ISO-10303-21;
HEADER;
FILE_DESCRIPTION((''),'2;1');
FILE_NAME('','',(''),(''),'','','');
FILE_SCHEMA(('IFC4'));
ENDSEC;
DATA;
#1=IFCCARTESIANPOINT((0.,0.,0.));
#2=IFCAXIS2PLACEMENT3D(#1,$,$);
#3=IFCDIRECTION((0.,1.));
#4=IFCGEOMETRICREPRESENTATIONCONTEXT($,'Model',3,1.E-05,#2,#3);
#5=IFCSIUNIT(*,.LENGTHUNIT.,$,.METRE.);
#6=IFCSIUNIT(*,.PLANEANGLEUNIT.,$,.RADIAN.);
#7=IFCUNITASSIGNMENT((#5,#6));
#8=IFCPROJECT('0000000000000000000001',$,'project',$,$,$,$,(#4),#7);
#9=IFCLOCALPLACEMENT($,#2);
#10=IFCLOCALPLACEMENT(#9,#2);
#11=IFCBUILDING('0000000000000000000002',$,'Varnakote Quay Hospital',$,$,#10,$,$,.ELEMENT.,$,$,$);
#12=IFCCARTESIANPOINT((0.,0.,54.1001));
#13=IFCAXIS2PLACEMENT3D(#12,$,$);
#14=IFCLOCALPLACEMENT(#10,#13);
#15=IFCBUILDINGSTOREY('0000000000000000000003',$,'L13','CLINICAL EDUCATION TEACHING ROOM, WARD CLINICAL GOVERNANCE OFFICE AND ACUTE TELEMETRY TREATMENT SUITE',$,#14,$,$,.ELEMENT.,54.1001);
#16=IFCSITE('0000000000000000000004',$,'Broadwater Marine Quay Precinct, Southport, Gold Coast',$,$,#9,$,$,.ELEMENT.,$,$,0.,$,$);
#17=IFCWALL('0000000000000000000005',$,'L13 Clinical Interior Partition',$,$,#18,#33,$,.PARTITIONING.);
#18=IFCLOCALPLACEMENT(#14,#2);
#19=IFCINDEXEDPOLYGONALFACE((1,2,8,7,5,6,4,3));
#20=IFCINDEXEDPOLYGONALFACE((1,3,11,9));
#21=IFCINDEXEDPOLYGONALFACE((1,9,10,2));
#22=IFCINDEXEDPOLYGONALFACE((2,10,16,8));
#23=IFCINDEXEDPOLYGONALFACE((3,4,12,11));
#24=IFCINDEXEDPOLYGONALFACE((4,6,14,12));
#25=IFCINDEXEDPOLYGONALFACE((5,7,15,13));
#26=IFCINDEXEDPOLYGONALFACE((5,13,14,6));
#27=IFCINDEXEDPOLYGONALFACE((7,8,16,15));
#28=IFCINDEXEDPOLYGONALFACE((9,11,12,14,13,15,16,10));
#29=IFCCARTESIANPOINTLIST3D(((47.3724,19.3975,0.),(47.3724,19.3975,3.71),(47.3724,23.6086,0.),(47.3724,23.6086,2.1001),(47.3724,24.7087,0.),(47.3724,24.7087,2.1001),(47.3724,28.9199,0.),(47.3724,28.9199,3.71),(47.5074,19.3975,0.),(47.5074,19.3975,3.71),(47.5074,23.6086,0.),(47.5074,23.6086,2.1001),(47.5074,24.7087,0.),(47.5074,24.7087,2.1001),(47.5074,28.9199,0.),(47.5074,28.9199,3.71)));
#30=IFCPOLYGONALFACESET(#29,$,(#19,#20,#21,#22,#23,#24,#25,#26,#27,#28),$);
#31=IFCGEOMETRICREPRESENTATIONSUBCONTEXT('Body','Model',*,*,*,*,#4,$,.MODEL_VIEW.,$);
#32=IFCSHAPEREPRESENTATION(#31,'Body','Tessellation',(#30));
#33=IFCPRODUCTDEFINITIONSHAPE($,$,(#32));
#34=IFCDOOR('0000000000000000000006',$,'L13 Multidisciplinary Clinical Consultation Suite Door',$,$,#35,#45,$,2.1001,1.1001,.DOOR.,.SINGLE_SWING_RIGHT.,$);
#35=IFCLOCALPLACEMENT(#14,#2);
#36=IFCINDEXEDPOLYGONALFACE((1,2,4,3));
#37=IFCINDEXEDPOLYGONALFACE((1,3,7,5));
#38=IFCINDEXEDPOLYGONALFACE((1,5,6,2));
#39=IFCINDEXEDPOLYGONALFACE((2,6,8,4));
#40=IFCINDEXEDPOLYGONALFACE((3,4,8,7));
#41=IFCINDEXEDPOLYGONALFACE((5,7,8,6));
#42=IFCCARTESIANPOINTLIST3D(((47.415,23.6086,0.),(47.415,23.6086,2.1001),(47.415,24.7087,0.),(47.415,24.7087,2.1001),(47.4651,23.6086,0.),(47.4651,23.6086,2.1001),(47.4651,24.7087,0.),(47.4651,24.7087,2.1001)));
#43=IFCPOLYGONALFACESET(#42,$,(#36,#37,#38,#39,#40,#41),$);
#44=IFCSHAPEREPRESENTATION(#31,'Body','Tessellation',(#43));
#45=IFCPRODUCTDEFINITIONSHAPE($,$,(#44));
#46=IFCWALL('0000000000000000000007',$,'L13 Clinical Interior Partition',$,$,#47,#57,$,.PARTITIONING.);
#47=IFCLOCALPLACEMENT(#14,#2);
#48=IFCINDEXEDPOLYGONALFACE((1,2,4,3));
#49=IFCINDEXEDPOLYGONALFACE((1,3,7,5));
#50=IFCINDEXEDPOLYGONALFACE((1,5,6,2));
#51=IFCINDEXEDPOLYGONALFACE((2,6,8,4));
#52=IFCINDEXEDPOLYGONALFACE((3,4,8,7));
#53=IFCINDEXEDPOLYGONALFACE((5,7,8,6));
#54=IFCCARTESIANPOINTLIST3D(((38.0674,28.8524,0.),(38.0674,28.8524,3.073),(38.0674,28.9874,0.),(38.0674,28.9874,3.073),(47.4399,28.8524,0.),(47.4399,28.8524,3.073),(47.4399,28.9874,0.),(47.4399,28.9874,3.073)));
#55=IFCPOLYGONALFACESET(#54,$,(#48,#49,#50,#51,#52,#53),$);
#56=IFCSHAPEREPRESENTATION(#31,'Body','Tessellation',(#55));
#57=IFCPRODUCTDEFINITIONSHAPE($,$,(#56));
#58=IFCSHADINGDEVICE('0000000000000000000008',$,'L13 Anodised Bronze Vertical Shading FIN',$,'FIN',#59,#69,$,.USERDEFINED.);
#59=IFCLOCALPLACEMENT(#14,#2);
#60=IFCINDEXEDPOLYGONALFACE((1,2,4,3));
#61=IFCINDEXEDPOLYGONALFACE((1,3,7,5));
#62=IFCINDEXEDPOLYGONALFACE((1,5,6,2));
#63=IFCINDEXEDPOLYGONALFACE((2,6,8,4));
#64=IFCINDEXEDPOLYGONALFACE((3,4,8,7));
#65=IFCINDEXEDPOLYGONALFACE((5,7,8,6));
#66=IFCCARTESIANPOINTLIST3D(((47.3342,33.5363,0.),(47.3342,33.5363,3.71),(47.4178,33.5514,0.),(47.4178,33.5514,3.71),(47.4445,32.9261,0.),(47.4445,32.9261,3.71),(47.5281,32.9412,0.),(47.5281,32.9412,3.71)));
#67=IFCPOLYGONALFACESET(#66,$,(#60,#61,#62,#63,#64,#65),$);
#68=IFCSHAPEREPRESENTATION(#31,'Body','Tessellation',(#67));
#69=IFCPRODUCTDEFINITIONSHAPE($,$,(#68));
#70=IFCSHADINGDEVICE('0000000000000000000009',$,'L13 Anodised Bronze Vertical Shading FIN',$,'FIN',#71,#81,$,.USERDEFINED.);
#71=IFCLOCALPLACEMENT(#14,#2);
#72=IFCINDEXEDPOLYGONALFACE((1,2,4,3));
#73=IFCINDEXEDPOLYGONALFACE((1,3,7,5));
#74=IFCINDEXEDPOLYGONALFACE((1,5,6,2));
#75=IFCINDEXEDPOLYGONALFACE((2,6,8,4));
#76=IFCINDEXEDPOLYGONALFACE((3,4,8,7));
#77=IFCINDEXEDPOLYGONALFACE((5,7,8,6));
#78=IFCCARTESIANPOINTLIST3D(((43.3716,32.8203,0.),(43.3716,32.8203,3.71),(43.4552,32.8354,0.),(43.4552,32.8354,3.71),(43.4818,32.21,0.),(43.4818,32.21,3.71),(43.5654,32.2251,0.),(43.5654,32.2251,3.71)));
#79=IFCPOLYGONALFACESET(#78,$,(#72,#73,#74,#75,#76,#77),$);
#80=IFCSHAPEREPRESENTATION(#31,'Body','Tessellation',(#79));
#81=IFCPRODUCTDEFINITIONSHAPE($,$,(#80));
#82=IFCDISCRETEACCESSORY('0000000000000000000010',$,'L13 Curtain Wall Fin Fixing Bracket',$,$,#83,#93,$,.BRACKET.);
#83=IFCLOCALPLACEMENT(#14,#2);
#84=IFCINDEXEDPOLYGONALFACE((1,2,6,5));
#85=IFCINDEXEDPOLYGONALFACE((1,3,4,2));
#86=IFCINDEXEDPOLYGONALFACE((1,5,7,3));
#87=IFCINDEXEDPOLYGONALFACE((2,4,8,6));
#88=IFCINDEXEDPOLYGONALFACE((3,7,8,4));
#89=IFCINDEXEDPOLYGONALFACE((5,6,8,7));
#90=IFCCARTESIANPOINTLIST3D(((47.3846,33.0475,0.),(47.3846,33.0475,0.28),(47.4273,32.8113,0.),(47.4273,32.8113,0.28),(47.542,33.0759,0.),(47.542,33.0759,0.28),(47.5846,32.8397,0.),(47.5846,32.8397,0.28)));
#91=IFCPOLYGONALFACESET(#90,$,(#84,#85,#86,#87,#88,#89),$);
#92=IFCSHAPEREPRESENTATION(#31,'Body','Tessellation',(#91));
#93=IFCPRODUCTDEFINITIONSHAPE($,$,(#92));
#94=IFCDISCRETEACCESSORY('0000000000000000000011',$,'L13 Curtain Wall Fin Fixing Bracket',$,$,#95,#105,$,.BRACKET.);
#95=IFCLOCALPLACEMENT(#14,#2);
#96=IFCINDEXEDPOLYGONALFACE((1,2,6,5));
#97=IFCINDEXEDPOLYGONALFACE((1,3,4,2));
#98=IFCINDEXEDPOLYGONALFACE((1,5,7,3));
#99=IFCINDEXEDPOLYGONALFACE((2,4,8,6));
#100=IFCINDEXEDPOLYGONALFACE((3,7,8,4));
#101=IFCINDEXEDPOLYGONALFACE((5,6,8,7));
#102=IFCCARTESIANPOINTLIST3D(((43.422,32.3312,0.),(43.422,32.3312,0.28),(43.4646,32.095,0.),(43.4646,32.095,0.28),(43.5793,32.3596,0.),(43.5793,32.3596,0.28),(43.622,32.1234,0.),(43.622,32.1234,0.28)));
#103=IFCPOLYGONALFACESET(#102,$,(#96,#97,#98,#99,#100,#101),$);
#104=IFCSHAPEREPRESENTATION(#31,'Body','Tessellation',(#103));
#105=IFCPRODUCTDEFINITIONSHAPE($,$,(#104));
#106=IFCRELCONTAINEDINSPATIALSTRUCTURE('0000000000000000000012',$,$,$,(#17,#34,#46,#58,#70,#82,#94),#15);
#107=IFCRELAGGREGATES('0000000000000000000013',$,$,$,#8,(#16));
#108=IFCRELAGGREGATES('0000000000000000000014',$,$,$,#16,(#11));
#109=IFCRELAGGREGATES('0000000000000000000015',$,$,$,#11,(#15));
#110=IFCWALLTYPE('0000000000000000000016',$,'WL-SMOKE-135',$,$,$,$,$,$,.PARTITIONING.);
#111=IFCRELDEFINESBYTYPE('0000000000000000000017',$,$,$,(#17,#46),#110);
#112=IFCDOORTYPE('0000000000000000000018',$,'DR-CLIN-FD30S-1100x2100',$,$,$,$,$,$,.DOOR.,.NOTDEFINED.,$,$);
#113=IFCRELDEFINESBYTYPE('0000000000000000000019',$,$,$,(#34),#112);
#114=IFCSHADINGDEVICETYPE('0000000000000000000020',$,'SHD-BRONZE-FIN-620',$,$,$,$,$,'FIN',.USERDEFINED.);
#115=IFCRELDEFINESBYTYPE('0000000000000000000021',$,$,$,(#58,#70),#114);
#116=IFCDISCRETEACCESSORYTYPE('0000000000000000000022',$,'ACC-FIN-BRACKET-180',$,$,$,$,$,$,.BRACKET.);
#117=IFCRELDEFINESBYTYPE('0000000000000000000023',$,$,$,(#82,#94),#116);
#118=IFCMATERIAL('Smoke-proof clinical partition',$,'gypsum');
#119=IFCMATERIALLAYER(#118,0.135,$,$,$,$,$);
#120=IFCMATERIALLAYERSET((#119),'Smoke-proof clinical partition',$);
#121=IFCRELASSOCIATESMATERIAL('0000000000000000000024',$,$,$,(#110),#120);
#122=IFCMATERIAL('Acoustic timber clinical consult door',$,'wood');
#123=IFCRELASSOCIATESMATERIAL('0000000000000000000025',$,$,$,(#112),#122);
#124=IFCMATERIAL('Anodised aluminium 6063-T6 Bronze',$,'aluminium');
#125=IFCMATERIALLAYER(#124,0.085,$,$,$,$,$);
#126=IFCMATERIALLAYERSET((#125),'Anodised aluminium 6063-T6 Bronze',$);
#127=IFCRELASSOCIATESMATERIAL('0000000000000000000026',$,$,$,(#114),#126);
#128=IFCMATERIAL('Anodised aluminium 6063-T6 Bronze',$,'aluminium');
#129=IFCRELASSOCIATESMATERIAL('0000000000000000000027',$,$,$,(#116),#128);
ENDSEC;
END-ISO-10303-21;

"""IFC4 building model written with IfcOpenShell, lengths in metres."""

from ifc_helpers import new_model, si_unit, direction, frame, frame_2d, origin, origin_2d, place, context, subcontext, project, spatial, rectangle, extrude, material, layer, layer_set, type_object, element, fill, save


model = new_model("IFC4")

# Units and contexts
model_context = context("Model", 3, precision=1e-05, world=origin(), true_north=direction((0.0, 1.0)))
body_context = subcontext(model_context, "Body", "Model", "MODEL_VIEW")
ifc_project = project(units=[si_unit("LENGTHUNIT", "METRE"), si_unit("PLANEANGLEUNIT", "RADIAN")], contexts=[model_context])

# Site, building, storey
site_placement = place(None, origin())
site = spatial("IfcSite", under=ifc_project, at=site_placement, Name="Broadwater Marine Quay Precinct, Southport, Gold Coast", CompositionType="ELEMENT", RefElevation=0.0)
building_placement = place(site_placement, origin())
building = spatial("IfcBuilding", under=site, at=building_placement, Name="Varnakote Quay Hospital", CompositionType="ELEMENT")
storey_placement = place(building_placement, frame((0.0, 0.0, 54.1001)))
storey = spatial("IfcBuildingStorey", under=building, at=storey_placement, Name="L13", Description="CLINICAL EDUCATION TEACHING ROOM, WARD CLINICAL GOVERNANCE OFFICE AND ACUTE TELEMETRY TREATMENT SUITE", CompositionType="ELEMENT", Elevation=54.1001)

# Wall, opening, door
ifc_material_1 = material(Name="Smoke-proof clinical partition", Category="gypsum")
ifc_layer_1 = layer(ifc_material_1, 0.135)
ifc_layer_set_1 = layer_set([ifc_layer_1], Name="Smoke-proof clinical partition")
wall_type = type_object("IfcWallType", Name="WL-SMOKE-135", PredefinedType="PARTITIONING", material=ifc_layer_set_1)
wall_1_placement = place(storey_placement, frame((47.4399, 19.3975, 0.0), z_axis=(0.0, 0.0, 1.0), x_axis=(0.0, 1.0, 0.0)))
wall_1 = element("IfcWall", 1, at=wall_1_placement, inside=storey, type_object=wall_type, Name="L13 Clinical Interior Partition", PredefinedType="PARTITIONING", context=body_context, shape_type="SweptSolid", body=[
    extrude(rectangle(XDim=9.5225, YDim=0.135, at=frame_2d((4.7612, 0.0))), origin(), (0.0, 0.0, 1.0), 3.71),
])
opening_placement = place(wall_1_placement, frame((4.2112, 0.0, 0.0)))
opening = element("IfcOpeningElement", 2, at=opening_placement, cuts=wall_1, PredefinedType="OPENING", context=body_context, shape_type="SweptSolid", body=[
    extrude(rectangle(XDim=1.1001, YDim=2.1001, at=frame_2d((0.55, 1.05))), frame((0.0, 0.0774, 0.0), z_axis=(0.0, -1.0, 0.0), x_axis=(1.0, 0.0, 0.0)), (0.0, 0.0, 1.0), 0.155),
])
ifc_material_2 = material(Name="Acoustic timber clinical consult door", Category="wood")
door_type = type_object("IfcDoorType", Name="DR-CLIN-FD30S-1100x2100", OperationType="NOTDEFINED", PredefinedType="DOOR", material=ifc_material_2)
door_placement = place(opening_placement, origin())
door = element("IfcDoor", 3, at=door_placement, inside=storey, type_object=door_type, Name="L13 Multidisciplinary Clinical Consultation Suite Door", OperationType="SINGLE_SWING_RIGHT", OverallHeight=2.1001, OverallWidth=1.1001, PredefinedType="DOOR", context=body_context, shape_type="SweptSolid", body=[
    extrude(rectangle(XDim=1.1001, YDim=2.1001, at=frame_2d((0.55, 1.05))), frame((0.0, 0.0249, 0.0), z_axis=(0.0, -1.0, 0.0), x_axis=(1.0, 0.0, 0.0)), (0.0, 0.0, 1.0), 0.05),
])
fill(opening, door)

# Wall
wall_2_placement = place(storey_placement, frame((47.4399, 28.9199, 0.0), z_axis=(0.0, 0.0, 1.0), x_axis=(-1.0, 0.0, 0.0)))
element("IfcWall", 4, at=wall_2_placement, inside=storey, type_object=wall_type, Name="L13 Clinical Interior Partition", PredefinedType="PARTITIONING", context=body_context, shape_type="SweptSolid", body=[
    extrude(rectangle(XDim=9.3726, YDim=0.135, at=frame_2d((4.6863, 0.0))), origin(), (0.0, 0.0, 1.0), 3.073),
])

# Shading devices
ifc_material_3 = material(Name="Anodised aluminium 6063-T6 Bronze", Category="aluminium")
ifc_layer_2 = layer(ifc_material_3, 0.085)
ifc_layer_set_2 = layer_set([ifc_layer_2], Name="Anodised aluminium 6063-T6 Bronze")
shading_device_type = type_object("IfcShadingDeviceType", Name="SHD-BRONZE-FIN-620", ElementType="FIN", PredefinedType="USERDEFINED", material=ifc_layer_set_2)
for number, where, z_axis, x_axis, name in (
    (5, (47.4312, 33.2388, 0.0), (0.0, 0.0, 1.0), (0.177772, -0.984072, 0.0), "L13 Anodised Bronze Vertical Shading FIN"),
    (6, (43.4685, 32.5227, 0.0), (0.0, 0.0, 1.0), (0.177772, -0.984072, 0.0), "L13 Anodised Bronze Vertical Shading FIN"),
):
    element("IfcShadingDevice", number, at=place(storey_placement, frame(where, z_axis=z_axis, x_axis=x_axis)), inside=storey, type_object=shading_device_type, Name=name, ObjectType="FIN", PredefinedType="USERDEFINED", context=body_context, shape_type="SweptSolid", body=[
        extrude(rectangle(XDim=0.6201, YDim=0.085, at=origin_2d()), origin(), (0.0, 0.0, 1.0), 3.71),
    ])

# Discrete accessories
ifc_material_4 = material(Name="Anodised aluminium 6063-T6 Bronze", Category="aluminium")
discrete_accessory_type = type_object("IfcDiscreteAccessoryType", Name="ACC-FIN-BRACKET-180", PredefinedType="BRACKET", material=ifc_material_4)
for number, where, z_axis, x_axis, name in (
    (7, (47.4846, 32.9436, 0.0), (0.0, 0.0, 1.0), (-0.984072, -0.177772, 0.0), "L13 Curtain Wall Fin Fixing Bracket"),
    (8, (43.522, 32.2273, 0.0), (0.0, 0.0, 1.0), (-0.984072, -0.177772, 0.0), "L13 Curtain Wall Fin Fixing Bracket"),
):
    element("IfcDiscreteAccessory", number, at=place(storey_placement, frame(where, z_axis=z_axis, x_axis=x_axis)), inside=storey, type_object=discrete_accessory_type, Name=name, PredefinedType="BRACKET", context=body_context, shape_type="SweptSolid", body=[
        extrude(rectangle(XDim=0.1599, YDim=0.24, at=origin_2d()), origin(), (0.0, 0.0, 1.0), 0.28),
    ])

save(model, "model.ifc")
